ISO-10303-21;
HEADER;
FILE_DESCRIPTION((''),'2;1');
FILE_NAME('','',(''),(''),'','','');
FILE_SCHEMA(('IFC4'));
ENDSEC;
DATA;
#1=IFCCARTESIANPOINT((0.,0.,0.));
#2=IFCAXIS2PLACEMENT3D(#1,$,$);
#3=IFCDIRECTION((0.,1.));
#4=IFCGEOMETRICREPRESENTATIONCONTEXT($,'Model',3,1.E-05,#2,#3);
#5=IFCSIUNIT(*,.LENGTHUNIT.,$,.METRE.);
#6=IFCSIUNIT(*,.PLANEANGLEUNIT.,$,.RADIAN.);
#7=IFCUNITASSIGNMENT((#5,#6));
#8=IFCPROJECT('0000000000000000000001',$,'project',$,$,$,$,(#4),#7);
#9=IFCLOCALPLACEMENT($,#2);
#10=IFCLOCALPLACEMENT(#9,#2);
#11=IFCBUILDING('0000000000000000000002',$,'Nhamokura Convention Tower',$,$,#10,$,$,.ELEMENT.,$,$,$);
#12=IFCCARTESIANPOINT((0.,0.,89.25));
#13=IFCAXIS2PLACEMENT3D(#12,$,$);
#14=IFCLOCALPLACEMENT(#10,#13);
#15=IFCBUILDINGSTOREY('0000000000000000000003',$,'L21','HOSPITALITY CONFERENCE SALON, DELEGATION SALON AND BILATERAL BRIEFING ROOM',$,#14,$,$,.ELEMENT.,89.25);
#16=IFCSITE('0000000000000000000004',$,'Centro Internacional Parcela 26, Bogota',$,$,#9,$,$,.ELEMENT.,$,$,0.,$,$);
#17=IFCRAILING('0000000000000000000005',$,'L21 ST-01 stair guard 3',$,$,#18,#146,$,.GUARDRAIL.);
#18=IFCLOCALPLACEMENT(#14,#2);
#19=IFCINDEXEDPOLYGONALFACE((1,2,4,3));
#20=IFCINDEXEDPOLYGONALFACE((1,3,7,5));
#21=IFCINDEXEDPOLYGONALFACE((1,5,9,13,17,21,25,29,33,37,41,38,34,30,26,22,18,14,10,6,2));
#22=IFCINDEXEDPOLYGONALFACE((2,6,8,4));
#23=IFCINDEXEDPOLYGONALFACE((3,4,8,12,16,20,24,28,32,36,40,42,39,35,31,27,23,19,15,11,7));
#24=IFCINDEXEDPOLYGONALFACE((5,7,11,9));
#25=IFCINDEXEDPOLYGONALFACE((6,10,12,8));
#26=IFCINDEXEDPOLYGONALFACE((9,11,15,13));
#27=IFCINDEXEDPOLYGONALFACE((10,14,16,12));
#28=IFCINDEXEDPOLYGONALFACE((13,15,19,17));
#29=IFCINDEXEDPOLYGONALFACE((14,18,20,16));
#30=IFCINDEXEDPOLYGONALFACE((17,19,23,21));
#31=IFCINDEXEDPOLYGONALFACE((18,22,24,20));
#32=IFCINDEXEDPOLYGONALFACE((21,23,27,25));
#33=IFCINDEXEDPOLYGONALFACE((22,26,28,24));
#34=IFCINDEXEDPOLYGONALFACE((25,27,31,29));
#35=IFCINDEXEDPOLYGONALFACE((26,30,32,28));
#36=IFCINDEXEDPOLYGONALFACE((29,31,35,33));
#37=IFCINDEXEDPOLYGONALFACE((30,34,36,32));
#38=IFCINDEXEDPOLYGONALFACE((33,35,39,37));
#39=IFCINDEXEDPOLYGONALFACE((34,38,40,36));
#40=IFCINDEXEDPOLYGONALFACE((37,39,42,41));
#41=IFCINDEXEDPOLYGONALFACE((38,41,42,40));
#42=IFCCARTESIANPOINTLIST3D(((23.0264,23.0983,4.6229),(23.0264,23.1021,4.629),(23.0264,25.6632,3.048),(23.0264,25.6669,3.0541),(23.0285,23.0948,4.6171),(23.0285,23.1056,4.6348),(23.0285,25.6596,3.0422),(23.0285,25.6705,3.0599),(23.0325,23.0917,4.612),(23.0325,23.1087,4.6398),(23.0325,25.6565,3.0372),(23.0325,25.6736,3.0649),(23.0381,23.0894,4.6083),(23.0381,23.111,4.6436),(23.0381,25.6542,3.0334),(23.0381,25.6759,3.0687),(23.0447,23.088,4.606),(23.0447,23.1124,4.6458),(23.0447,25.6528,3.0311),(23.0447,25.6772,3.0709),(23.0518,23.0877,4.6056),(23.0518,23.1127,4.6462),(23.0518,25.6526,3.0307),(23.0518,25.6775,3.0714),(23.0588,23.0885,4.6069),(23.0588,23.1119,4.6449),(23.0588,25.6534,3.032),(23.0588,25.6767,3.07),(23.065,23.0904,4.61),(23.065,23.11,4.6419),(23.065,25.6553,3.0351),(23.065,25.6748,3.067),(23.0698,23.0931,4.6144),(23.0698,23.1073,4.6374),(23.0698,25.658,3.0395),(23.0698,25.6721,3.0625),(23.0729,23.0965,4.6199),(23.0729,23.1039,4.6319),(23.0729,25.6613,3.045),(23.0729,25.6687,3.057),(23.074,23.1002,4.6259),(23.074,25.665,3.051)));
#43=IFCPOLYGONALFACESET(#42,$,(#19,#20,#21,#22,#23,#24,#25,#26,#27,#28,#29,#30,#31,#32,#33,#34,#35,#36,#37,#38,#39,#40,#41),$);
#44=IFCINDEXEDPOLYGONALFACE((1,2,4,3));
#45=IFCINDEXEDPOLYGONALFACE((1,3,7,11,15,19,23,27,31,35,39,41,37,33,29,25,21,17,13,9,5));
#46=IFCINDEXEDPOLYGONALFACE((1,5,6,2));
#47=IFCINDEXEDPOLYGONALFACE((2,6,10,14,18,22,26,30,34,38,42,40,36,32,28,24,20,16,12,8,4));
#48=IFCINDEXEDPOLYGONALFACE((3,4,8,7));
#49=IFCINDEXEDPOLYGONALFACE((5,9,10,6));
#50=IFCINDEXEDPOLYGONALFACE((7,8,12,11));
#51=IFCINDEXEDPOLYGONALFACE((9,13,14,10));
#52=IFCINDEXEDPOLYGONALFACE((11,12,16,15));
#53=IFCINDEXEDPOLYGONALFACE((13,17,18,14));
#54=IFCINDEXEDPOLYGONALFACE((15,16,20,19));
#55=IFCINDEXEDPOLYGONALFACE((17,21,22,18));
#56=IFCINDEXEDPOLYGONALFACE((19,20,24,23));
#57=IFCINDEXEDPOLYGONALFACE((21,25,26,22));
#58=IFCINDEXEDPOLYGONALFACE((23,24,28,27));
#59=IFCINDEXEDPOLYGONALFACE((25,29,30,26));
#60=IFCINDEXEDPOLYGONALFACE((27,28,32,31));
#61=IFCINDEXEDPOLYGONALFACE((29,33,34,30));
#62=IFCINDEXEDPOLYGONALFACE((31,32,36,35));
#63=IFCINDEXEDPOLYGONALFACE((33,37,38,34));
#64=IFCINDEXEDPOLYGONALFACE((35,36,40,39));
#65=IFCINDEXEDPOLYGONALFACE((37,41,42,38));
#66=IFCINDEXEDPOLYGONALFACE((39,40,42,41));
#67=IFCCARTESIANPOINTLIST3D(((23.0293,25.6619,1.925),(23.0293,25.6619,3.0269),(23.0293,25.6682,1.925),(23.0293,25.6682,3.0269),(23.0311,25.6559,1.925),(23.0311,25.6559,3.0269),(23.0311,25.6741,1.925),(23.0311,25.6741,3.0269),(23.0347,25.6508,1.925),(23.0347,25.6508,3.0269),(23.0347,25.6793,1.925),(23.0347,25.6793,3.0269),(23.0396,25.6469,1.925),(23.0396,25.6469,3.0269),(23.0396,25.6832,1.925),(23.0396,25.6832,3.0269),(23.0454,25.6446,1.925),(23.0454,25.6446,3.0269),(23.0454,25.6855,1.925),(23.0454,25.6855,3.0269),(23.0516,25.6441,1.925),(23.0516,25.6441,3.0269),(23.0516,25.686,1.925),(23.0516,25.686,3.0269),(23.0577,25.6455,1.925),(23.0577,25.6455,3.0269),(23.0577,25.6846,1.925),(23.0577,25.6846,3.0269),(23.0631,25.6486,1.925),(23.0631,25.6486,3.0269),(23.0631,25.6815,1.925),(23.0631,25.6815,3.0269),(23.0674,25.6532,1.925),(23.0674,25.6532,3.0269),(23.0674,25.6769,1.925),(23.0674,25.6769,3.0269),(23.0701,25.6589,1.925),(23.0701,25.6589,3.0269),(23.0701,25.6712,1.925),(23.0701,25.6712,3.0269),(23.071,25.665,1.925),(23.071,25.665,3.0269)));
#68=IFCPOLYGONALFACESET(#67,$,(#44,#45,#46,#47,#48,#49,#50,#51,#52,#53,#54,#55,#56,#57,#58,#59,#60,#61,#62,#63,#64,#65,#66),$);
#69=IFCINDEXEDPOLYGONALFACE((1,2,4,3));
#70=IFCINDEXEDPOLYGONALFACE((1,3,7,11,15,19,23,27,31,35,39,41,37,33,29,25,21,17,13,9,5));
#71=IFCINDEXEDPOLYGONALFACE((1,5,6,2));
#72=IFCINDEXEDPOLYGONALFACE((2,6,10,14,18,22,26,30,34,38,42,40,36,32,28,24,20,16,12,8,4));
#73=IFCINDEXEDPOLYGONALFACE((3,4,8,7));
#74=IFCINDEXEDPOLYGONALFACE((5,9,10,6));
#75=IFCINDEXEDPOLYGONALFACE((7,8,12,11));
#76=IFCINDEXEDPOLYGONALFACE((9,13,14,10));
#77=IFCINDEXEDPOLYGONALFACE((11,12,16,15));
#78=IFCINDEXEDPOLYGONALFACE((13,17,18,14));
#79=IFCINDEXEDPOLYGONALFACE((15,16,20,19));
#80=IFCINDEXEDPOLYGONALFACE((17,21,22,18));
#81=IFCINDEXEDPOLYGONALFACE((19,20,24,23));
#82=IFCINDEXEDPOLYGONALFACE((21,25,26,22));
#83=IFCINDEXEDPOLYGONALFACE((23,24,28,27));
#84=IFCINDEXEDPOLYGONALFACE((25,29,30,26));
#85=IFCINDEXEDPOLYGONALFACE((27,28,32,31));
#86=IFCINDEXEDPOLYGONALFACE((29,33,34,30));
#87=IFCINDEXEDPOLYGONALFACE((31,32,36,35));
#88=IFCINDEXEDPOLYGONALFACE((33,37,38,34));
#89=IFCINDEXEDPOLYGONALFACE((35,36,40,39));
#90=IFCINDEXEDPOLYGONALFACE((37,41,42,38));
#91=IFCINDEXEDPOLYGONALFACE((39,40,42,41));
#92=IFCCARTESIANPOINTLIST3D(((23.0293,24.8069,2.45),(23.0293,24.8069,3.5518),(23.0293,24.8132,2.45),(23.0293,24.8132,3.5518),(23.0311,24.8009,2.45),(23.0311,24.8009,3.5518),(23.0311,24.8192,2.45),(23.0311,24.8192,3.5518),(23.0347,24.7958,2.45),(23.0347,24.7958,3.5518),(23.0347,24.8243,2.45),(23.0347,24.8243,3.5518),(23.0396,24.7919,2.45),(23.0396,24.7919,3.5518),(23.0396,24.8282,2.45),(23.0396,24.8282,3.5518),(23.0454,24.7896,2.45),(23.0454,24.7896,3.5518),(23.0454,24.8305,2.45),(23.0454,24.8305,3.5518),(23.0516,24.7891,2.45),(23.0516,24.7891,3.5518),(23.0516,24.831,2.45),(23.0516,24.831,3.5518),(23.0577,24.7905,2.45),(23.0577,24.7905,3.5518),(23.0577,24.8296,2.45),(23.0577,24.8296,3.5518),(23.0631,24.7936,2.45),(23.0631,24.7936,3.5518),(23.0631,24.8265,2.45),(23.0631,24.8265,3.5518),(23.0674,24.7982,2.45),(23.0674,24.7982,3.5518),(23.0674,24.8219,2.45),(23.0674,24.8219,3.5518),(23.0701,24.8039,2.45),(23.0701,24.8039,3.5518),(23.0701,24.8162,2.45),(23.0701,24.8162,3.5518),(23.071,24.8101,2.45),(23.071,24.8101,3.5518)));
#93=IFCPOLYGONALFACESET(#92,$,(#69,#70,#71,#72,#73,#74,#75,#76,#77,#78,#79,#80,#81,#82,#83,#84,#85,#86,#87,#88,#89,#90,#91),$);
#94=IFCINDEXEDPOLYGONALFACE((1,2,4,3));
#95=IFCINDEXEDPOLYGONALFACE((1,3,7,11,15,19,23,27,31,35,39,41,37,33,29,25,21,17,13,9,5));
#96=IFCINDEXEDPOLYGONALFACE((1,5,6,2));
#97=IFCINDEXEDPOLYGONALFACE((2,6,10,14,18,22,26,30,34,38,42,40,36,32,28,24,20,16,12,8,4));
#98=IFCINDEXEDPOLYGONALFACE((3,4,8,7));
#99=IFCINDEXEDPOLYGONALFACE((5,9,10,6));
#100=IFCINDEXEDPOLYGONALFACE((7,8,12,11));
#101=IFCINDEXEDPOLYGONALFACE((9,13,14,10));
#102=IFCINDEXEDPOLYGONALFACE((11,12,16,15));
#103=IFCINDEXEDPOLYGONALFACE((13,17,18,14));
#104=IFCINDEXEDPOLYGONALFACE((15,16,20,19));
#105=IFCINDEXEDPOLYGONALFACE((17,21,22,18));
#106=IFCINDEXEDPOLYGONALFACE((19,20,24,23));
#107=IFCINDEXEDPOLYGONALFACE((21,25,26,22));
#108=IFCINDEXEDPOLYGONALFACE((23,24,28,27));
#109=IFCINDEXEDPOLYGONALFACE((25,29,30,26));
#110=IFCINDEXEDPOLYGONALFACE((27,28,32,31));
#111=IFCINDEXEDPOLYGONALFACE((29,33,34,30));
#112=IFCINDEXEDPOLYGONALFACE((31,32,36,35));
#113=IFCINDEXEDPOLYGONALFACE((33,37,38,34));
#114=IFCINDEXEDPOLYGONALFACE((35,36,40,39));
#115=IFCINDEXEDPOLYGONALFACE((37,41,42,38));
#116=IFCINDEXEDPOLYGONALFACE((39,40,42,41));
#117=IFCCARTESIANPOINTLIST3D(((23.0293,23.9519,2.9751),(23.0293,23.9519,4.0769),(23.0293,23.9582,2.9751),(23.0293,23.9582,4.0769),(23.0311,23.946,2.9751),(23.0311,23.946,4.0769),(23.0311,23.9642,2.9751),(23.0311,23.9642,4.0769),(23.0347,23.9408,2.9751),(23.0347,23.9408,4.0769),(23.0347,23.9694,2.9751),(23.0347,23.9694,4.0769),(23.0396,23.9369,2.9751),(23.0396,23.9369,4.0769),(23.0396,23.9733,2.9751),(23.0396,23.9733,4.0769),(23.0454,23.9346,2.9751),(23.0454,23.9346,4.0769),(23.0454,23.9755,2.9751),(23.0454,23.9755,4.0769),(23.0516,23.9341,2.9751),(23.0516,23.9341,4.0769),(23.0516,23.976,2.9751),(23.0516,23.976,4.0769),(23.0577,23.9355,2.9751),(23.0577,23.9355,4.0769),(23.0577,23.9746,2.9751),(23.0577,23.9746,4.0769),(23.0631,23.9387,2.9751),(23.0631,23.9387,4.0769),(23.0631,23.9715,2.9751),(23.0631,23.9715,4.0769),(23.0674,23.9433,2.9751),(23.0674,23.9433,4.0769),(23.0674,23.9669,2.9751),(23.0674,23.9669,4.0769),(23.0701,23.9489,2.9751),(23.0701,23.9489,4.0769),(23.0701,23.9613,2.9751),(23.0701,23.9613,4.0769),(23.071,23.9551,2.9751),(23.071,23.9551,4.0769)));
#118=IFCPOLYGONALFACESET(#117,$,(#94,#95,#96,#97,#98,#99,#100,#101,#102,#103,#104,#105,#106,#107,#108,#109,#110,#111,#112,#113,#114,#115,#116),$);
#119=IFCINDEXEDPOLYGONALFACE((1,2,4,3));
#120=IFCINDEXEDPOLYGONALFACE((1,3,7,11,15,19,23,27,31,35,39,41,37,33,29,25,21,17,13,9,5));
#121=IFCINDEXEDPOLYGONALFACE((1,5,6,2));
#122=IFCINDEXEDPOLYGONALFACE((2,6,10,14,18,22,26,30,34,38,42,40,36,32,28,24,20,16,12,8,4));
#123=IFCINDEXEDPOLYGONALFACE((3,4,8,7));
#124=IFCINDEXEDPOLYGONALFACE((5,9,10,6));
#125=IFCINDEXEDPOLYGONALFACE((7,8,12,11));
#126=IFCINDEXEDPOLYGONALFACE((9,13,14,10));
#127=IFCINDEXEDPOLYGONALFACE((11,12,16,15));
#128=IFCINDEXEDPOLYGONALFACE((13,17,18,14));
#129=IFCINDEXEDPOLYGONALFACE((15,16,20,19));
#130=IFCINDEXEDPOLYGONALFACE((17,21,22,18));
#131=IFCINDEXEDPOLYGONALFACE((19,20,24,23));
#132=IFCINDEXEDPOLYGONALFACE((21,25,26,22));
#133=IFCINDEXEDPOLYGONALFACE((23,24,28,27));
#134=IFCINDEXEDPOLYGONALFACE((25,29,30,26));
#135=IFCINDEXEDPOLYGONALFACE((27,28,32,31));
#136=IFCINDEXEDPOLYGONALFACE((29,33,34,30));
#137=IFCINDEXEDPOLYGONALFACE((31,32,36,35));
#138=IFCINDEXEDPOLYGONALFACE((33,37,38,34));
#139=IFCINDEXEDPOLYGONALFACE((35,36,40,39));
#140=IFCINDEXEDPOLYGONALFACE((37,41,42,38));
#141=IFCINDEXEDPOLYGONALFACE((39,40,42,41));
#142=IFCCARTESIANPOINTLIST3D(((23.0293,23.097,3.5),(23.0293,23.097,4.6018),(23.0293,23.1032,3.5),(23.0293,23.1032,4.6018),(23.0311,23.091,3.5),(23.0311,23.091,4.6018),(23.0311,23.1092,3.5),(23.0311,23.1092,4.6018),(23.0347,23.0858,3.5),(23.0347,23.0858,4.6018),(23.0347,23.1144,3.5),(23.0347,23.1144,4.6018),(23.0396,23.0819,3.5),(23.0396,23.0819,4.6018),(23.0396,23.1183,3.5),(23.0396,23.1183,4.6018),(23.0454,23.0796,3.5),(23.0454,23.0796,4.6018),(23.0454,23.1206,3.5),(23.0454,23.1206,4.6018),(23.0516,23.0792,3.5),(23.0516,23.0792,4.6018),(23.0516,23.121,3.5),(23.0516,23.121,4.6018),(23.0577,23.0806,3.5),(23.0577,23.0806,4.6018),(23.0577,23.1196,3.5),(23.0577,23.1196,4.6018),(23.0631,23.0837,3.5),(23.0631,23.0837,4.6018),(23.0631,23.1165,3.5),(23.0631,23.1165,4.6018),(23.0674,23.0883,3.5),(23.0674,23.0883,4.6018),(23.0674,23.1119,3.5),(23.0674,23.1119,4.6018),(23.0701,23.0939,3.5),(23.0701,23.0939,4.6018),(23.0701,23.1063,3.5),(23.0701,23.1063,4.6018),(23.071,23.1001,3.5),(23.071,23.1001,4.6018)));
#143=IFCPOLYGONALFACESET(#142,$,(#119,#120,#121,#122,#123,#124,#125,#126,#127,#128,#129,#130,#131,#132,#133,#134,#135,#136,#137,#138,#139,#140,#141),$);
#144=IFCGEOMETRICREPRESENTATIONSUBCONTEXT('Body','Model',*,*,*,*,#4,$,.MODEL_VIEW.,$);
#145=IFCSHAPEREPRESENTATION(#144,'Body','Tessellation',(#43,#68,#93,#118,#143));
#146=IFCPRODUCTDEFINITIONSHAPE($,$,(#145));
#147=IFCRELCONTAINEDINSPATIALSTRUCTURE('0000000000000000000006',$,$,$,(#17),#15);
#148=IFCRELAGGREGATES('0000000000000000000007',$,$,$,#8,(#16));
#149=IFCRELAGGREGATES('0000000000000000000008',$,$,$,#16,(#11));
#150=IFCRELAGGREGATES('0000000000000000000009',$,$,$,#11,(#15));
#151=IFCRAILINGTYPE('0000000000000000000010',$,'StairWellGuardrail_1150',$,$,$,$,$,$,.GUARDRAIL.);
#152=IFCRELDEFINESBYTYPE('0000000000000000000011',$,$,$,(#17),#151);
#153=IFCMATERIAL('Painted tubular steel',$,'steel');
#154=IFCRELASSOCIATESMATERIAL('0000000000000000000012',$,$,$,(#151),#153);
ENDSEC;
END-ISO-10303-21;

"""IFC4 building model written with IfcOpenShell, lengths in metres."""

from ifc_helpers import new_model, si_unit, direction, frame, origin, origin_2d, place, context, subcontext, project, spatial, circle, extrude, material, type_object, element, save


model = new_model("IFC4")

# Units and contexts
model_context = context("Model", 3, precision=1e-05, world=origin(), true_north=direction((0.0, 1.0)))
body_context = subcontext(model_context, "Body", "Model", "MODEL_VIEW")
ifc_project = project(units=[si_unit("LENGTHUNIT", "METRE"), si_unit("PLANEANGLEUNIT", "RADIAN")], contexts=[model_context])

# Site, building, storey
site_placement = place(None, origin())
site = spatial("IfcSite", under=ifc_project, at=site_placement, Name="Centro Internacional Parcela 26, Bogota", CompositionType="ELEMENT", RefElevation=0.0)
building_placement = place(site_placement, origin())
building = spatial("IfcBuilding", under=site, at=building_placement, Name="Nhamokura Convention Tower", CompositionType="ELEMENT")
storey_placement = place(building_placement, frame((0.0, 0.0, 89.25)))
storey = spatial("IfcBuildingStorey", under=building, at=storey_placement, Name="L21", Description="HOSPITALITY CONFERENCE SALON, DELEGATION SALON AND BILATERAL BRIEFING ROOM", CompositionType="ELEMENT", Elevation=89.25)

# Railing
ifc_material_1 = material(Name="Painted tubular steel", Category="steel")
railing_type_1 = type_object("IfcRailingType", Name="StairWellGuardrail_1150", PredefinedType="GUARDRAIL", material=ifc_material_1)
railing_1_placement = place(storey_placement, frame((23.05, 25.665, 1.925)))
element("IfcRailing", 1, at=railing_1_placement, inside=storey, type_object=railing_type_1, Name="L21 ST-01 stair guard 3", PredefinedType="GUARDRAIL", context=body_context, shape_type="SweptSolid", body=[
    extrude(circle(Radius=0.0239, at=origin_2d()), frame((0.0, 0.0, 1.126), z_axis=(0.0, -0.852173, 0.52326), x_axis=(1.0, 0.0, 0.0)), (0.0, 0.0, 1.0), 3.0098),
    extrude(circle(Radius=0.021, at=origin_2d()), origin(), (0.0, 0.0, 1.0), 1.1018),
    extrude(circle(Radius=0.021, at=origin_2d()), frame((0.0, -0.855, 0.5249)), (0.0, 0.0, 1.0), 1.1018),
    extrude(circle(Radius=0.021, at=origin_2d()), frame((0.0, -1.71, 1.05)), (0.0, 0.0, 1.0), 1.1018),
    extrude(circle(Radius=0.021, at=origin_2d()), frame((0.0, -2.5649, 1.575)), (0.0, 0.0, 1.0), 1.1018),
])

save(model, "model.ifc")
